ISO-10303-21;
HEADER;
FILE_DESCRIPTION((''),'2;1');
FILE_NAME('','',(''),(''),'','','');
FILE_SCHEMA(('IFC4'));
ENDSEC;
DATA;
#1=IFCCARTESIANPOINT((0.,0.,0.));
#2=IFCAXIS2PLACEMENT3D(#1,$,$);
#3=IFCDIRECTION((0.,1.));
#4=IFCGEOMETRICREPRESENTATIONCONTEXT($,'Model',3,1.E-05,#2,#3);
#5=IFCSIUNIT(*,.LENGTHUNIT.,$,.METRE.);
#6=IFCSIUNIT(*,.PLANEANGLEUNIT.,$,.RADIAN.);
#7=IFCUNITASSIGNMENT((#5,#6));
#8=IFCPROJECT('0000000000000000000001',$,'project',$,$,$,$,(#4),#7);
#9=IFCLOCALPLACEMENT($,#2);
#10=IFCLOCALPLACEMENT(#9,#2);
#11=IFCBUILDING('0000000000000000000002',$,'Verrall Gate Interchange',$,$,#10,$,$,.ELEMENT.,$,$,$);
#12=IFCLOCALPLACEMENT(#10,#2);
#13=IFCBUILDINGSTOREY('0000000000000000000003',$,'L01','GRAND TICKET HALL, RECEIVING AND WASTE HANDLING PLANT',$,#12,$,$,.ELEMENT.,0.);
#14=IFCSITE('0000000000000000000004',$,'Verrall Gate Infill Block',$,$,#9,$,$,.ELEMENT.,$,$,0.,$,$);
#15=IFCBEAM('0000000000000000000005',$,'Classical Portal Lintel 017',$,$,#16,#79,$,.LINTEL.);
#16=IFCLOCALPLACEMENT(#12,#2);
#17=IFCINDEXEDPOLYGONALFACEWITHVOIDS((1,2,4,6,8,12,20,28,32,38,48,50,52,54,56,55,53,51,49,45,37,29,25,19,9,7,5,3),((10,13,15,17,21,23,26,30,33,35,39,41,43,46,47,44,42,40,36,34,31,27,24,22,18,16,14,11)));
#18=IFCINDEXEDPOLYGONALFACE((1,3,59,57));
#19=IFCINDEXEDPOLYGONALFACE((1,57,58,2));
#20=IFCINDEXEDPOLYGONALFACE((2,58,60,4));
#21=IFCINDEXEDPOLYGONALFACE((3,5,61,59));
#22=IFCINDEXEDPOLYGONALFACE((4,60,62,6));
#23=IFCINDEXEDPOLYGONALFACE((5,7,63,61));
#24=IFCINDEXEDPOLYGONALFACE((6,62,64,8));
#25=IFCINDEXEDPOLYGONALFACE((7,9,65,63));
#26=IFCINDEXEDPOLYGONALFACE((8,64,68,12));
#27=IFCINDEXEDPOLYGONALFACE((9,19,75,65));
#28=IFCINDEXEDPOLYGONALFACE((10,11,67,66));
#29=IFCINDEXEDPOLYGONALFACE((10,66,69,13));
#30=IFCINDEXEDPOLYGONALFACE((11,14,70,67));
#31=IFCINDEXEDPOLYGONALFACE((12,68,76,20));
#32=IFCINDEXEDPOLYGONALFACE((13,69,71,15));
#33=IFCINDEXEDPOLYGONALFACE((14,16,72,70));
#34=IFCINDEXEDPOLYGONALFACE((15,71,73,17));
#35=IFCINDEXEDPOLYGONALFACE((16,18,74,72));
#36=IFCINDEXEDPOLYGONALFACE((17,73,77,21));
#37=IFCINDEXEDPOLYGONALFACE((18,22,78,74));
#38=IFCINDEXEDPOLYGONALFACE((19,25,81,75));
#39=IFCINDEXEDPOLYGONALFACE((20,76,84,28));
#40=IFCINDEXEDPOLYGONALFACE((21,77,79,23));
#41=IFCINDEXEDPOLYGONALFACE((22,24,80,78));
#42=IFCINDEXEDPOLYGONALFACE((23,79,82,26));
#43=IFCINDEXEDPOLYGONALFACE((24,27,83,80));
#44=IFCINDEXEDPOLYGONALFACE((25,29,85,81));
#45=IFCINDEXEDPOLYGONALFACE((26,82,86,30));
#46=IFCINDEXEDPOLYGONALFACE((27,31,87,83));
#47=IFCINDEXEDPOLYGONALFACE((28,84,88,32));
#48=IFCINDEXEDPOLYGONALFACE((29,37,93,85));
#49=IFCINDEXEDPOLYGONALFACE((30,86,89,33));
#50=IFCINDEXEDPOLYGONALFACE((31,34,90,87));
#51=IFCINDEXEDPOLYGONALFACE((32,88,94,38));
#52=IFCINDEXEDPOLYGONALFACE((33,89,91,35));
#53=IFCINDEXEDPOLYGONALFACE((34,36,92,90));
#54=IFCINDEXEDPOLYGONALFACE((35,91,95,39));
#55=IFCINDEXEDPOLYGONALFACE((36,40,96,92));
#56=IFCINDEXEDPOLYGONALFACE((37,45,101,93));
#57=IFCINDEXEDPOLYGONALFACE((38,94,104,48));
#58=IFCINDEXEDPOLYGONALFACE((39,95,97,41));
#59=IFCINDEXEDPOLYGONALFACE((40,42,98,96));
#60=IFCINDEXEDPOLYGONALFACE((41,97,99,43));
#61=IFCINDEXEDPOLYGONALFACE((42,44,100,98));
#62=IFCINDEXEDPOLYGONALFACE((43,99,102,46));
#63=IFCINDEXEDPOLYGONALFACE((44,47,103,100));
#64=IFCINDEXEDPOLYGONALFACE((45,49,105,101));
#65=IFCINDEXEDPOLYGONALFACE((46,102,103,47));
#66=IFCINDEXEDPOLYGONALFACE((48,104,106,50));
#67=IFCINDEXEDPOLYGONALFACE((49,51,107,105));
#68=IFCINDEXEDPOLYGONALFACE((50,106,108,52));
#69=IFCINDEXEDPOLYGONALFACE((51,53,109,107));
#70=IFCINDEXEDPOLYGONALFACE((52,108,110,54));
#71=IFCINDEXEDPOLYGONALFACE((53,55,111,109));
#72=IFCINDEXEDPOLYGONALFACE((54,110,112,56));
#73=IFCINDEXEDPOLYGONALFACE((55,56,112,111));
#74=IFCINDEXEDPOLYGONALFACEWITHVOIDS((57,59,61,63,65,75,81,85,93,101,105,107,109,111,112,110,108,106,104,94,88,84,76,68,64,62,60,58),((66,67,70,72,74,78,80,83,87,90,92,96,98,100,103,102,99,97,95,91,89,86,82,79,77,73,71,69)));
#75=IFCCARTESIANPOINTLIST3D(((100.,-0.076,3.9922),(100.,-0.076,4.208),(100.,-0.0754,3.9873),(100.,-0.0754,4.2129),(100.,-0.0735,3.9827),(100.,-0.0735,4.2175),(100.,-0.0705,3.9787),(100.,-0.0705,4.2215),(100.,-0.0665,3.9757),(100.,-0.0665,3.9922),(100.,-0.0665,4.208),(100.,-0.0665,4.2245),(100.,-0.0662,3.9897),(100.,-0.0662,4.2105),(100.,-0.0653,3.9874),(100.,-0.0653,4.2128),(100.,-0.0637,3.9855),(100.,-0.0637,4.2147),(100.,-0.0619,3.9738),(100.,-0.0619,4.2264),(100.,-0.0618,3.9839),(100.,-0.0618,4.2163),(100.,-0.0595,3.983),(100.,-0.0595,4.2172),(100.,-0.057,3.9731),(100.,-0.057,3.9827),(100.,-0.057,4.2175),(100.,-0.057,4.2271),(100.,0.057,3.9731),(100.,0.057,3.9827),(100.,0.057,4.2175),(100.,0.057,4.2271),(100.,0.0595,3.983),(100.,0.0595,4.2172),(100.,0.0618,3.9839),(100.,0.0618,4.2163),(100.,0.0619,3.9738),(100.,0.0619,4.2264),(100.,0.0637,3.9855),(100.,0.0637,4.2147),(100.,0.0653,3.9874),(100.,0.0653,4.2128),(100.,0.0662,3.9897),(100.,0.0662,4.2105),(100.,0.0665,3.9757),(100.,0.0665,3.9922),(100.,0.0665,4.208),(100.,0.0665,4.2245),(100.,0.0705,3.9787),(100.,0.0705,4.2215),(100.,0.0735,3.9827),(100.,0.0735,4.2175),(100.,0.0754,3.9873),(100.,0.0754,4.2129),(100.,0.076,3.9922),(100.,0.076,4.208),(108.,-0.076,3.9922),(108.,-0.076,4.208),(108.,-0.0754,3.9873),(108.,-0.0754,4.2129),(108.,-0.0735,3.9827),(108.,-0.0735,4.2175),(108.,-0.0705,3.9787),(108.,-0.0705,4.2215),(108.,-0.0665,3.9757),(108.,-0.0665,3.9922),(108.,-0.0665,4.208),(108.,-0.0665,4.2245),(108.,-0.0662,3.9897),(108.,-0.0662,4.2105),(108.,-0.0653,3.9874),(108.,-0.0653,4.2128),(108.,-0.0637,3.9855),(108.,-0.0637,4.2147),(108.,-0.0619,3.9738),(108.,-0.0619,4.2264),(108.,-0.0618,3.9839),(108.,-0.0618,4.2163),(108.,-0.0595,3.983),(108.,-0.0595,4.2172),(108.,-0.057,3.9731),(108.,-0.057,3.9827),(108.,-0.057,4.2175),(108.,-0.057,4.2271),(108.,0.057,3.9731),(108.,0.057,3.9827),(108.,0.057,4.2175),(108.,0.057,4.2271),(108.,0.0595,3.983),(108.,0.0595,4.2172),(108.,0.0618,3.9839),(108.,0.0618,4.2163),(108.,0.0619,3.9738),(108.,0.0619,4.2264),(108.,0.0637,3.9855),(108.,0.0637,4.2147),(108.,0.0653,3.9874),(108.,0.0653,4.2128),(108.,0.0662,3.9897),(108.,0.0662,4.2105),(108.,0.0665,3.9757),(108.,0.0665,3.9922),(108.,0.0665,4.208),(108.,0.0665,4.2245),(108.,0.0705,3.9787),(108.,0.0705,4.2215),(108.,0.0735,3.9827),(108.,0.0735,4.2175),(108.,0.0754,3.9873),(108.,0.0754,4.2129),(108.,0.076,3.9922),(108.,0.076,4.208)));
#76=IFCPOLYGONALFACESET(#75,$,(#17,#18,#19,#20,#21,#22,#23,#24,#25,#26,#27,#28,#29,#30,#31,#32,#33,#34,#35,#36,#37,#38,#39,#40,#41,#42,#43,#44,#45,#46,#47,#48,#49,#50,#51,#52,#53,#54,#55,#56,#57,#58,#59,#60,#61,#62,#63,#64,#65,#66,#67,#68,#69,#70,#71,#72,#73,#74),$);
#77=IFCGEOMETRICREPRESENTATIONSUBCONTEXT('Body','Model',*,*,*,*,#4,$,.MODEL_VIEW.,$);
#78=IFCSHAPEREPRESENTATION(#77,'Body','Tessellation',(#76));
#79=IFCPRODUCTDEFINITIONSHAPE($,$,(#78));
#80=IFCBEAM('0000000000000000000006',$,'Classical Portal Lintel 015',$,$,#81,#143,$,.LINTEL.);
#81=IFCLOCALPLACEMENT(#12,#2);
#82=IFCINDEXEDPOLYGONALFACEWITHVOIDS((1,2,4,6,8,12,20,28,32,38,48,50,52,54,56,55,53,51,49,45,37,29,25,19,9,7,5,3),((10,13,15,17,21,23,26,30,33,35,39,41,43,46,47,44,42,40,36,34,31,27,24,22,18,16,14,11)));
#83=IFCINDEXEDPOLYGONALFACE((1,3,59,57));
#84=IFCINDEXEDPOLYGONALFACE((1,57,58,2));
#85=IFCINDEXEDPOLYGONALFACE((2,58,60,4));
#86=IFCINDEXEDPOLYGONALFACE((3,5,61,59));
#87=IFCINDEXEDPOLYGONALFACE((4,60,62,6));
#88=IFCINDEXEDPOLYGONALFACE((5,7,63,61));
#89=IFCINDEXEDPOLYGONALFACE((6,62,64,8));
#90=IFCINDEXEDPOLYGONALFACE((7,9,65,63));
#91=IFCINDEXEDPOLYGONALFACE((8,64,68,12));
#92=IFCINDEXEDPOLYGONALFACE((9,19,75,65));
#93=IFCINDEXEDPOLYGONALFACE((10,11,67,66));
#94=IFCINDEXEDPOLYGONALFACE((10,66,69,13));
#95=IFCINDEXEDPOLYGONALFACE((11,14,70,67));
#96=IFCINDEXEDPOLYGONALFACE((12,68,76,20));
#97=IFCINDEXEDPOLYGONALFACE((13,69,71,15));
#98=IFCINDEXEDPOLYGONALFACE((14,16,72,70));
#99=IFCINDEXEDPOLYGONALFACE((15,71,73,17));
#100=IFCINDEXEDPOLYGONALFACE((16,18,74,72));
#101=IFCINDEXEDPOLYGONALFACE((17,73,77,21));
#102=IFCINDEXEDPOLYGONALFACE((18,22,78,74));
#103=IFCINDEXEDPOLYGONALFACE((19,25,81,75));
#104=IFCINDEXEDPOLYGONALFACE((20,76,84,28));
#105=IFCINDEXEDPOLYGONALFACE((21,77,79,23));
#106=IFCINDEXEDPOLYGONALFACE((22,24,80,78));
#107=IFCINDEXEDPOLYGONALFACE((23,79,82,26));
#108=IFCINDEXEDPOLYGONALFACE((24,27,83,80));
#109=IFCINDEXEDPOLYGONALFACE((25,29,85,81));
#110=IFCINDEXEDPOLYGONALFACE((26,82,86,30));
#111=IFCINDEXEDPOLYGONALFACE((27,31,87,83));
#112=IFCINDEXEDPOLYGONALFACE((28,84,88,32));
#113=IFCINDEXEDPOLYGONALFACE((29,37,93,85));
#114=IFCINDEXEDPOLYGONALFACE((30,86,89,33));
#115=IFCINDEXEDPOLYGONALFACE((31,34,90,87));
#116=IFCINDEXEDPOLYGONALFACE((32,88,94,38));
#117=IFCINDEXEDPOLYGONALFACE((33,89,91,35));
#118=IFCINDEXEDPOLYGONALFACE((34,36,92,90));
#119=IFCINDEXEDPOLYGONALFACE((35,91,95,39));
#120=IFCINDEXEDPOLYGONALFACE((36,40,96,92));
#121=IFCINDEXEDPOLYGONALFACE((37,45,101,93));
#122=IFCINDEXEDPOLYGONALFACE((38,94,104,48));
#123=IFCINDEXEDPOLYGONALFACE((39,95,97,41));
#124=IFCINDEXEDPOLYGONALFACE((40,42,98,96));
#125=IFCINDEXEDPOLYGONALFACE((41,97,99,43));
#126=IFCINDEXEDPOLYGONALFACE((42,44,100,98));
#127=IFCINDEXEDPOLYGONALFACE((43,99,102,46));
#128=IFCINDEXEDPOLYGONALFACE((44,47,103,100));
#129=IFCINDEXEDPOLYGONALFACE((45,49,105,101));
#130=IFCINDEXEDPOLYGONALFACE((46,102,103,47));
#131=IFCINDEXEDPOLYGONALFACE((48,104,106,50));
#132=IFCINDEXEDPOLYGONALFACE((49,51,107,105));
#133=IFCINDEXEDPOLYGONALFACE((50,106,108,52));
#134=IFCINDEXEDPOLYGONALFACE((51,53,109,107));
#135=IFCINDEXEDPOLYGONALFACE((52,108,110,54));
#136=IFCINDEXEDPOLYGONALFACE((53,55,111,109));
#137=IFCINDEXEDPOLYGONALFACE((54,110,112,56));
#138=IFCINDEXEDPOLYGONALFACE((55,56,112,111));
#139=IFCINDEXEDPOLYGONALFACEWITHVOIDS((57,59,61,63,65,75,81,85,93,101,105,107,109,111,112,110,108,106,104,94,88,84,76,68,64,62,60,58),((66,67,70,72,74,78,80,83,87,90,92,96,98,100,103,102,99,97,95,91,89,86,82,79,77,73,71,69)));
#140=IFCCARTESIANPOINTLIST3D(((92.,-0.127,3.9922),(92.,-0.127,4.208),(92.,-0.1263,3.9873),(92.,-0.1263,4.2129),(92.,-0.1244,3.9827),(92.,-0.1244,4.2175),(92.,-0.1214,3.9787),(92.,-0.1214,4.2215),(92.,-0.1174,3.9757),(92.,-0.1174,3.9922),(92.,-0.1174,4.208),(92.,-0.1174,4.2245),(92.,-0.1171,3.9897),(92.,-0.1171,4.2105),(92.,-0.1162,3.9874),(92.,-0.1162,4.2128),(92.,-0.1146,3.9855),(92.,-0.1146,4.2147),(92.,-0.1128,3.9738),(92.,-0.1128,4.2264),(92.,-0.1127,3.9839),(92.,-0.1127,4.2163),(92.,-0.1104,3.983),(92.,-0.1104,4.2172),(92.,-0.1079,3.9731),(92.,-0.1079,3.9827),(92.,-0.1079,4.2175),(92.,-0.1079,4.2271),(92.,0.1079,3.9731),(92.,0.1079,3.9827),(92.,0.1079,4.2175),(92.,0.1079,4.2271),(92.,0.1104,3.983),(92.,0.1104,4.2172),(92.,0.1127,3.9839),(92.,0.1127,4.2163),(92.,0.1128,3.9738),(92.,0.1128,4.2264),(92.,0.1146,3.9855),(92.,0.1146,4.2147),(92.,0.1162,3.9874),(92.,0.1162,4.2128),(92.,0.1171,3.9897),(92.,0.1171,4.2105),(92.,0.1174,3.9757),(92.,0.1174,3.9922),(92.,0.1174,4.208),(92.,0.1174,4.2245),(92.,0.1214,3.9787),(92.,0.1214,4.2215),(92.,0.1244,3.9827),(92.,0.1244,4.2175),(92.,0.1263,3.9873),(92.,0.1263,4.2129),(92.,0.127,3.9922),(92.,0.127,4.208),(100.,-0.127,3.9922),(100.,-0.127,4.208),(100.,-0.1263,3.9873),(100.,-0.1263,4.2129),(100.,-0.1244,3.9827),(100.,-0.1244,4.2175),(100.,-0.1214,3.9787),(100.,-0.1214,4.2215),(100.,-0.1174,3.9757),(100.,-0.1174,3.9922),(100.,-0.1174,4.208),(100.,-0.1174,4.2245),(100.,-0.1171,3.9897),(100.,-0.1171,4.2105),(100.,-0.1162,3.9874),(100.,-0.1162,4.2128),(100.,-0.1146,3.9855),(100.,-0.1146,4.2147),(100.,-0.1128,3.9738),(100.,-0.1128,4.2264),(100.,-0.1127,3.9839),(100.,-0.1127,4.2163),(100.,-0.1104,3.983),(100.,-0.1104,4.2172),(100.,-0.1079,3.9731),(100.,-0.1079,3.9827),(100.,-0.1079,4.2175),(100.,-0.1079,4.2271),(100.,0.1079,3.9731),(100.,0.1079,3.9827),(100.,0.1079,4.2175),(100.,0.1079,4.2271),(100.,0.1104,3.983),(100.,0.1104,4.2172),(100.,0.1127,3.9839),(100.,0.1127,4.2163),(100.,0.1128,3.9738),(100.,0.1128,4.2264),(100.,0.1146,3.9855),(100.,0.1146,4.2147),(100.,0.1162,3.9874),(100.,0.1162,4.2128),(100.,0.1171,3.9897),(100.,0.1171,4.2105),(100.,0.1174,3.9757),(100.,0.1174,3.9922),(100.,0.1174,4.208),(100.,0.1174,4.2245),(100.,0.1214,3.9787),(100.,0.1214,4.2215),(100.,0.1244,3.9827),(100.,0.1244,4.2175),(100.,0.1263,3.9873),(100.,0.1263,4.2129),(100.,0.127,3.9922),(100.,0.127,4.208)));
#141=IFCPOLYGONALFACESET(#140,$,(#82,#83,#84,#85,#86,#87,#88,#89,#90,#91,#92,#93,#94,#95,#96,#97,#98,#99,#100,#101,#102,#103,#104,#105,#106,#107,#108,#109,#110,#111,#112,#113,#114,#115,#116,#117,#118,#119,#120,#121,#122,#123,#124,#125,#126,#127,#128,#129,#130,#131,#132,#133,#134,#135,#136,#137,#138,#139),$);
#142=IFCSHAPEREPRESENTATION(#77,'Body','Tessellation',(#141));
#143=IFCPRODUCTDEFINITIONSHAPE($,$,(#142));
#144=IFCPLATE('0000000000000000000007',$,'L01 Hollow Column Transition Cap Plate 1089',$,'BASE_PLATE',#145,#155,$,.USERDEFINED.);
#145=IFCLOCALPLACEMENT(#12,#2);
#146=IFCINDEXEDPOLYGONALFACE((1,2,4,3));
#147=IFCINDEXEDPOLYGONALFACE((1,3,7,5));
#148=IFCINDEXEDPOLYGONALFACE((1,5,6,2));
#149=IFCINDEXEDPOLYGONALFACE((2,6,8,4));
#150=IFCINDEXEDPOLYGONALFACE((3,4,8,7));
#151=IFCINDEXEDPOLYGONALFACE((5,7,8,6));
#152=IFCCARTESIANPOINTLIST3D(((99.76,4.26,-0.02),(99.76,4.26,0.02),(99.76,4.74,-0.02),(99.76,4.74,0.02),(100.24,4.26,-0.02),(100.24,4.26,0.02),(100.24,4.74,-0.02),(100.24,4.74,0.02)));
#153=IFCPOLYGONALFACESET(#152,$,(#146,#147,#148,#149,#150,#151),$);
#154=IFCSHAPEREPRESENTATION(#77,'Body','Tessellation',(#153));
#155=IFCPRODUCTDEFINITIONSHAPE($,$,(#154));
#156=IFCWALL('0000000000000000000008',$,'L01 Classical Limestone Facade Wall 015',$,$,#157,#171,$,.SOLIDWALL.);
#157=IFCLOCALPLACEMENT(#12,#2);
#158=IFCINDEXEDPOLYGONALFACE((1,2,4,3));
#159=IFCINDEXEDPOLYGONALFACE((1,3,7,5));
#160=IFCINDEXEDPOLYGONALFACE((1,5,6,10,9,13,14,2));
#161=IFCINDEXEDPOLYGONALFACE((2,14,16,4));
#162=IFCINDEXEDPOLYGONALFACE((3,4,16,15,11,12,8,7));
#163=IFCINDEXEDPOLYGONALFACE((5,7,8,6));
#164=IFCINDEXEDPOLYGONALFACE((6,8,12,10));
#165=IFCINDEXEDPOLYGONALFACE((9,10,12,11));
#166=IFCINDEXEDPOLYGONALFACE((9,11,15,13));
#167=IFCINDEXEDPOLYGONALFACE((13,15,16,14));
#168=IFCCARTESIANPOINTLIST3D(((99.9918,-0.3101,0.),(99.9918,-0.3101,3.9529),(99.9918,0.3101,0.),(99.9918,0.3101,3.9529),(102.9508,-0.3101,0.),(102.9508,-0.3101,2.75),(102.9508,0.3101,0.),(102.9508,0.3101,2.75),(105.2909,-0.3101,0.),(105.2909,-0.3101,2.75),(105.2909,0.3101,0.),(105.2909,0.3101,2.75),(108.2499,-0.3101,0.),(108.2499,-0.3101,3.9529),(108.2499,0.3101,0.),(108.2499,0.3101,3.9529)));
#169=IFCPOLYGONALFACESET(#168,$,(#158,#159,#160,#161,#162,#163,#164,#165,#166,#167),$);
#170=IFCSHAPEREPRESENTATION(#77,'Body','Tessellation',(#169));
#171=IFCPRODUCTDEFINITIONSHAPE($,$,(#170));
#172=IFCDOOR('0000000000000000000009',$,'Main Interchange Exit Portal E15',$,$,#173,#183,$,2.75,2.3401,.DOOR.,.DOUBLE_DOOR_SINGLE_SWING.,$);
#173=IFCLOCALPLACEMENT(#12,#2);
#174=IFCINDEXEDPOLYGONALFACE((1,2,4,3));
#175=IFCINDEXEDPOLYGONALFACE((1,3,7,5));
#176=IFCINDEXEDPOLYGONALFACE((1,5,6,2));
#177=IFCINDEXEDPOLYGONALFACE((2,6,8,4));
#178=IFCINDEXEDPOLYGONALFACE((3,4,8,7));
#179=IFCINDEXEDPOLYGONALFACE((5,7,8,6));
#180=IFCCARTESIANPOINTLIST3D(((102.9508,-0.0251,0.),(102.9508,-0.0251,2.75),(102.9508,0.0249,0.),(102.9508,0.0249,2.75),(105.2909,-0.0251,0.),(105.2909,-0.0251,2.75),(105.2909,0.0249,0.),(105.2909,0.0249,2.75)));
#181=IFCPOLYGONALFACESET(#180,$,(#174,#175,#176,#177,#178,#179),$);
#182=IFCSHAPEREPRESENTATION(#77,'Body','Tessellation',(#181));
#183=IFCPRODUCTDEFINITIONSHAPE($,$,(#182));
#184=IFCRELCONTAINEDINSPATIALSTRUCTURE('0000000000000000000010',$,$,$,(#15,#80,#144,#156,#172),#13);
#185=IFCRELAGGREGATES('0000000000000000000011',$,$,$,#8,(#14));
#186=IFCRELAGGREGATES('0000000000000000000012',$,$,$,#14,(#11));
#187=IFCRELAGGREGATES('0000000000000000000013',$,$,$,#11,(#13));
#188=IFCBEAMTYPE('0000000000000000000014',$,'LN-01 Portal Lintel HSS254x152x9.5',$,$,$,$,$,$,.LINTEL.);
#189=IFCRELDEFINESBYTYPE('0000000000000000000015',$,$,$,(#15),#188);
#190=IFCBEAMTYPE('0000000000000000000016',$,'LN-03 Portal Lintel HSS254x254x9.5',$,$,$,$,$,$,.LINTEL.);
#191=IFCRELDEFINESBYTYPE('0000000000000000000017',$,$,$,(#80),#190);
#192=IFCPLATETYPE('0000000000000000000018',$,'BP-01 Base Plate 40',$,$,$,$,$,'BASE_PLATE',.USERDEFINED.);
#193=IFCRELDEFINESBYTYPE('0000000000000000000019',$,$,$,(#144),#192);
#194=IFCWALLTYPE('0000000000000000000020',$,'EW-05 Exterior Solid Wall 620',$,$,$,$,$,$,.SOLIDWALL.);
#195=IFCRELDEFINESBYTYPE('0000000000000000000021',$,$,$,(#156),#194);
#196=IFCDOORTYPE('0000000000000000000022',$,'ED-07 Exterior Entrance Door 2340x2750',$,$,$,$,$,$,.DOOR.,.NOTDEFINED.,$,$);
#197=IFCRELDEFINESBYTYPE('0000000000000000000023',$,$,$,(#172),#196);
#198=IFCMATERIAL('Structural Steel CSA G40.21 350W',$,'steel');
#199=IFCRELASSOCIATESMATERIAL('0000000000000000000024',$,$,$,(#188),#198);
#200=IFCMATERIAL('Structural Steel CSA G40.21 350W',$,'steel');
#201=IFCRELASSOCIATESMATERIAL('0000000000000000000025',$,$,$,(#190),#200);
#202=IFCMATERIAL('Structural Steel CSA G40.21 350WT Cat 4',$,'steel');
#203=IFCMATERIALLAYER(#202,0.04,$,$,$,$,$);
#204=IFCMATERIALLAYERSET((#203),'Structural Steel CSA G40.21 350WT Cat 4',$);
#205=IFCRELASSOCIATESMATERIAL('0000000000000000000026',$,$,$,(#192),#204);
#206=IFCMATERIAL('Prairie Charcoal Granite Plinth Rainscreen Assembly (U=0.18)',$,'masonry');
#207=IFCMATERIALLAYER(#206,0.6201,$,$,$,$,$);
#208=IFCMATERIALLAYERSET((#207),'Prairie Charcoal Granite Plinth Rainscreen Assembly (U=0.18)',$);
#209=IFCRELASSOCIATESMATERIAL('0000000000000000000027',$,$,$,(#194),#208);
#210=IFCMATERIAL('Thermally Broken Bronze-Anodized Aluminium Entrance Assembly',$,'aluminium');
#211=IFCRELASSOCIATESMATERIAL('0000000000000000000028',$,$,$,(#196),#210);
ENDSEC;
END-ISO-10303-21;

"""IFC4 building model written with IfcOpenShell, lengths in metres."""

from ifc_helpers import new_model, si_unit, direction, frame, frame_2d, origin, origin_2d, place, context, subcontext, project, spatial, rectangle, hollow_rectangle, extrude, material, layer, layer_set, material_profile, profile_set, type_object, element, fill, save


model = new_model("IFC4")

# Units and contexts
model_context = context("Model", 3, precision=1e-05, world=origin(), true_north=direction((0.0, 1.0)))
body_context = subcontext(model_context, "Body", "Model", "MODEL_VIEW")
ifc_project = project(units=[si_unit("LENGTHUNIT", "METRE"), si_unit("PLANEANGLEUNIT", "RADIAN")], contexts=[model_context])

# Site, building, storey
site_placement = place(None, origin())
site = spatial("IfcSite", under=ifc_project, at=site_placement, Name="Verrall Gate Infill Block", CompositionType="ELEMENT", RefElevation=0.0)
building_placement = place(site_placement, origin())
building = spatial("IfcBuilding", under=site, at=building_placement, Name="Verrall Gate Interchange", CompositionType="ELEMENT")
storey_placement = place(building_placement, origin())
storey = spatial("IfcBuildingStorey", under=building, at=storey_placement, Name="L01", Description="GRAND TICKET HALL, RECEIVING AND WASTE HANDLING PLANT", CompositionType="ELEMENT", Elevation=0.0)

# Beams
ifc_material_1 = material(Name="Structural Steel CSA G40.21 350W", Category="steel")
ifc_material_profile_1 = material_profile(ifc_material_1, hollow_rectangle(XDim=0.1521, YDim=0.2539, WallThickness=0.0095, InnerFilletRadius=0.0095, OuterFilletRadius=0.019, at=origin_2d()), Name="HSS254x152x9.5")
ifc_profile_set_1 = profile_set([ifc_material_profile_1], Name="Structural Steel CSA G40.21 350W")
beam_type_1 = type_object("IfcBeamType", Name="LN-01 Portal Lintel HSS254x152x9.5", PredefinedType="LINTEL", material=ifc_profile_set_1)
beam_1_placement = place(storey_placement, frame((100.0, 0.0, 4.1001), z_axis=(1.0, 0.0, 0.0), x_axis=(0.0, 1.0, 0.0)))
element("IfcBeam", 1, at=beam_1_placement, inside=storey, type_object=beam_type_1, Name="Classical Portal Lintel 017", PredefinedType="LINTEL", context=body_context, shape_type="SweptSolid", body=[
    extrude(hollow_rectangle(XDim=0.1521, YDim=0.2539, WallThickness=0.0095, InnerFilletRadius=0.0095, OuterFilletRadius=0.019, at=origin_2d()), origin(), (0.0, 0.0, 1.0), 8.0),
])
ifc_material_2 = material(Name="Structural Steel CSA G40.21 350W", Category="steel")
ifc_material_profile_2 = material_profile(ifc_material_2, hollow_rectangle(XDim=0.2539, YDim=0.2539, WallThickness=0.0095, InnerFilletRadius=0.0095, OuterFilletRadius=0.019, at=origin_2d()), Name="HSS254x254x9.5")
ifc_profile_set_2 = profile_set([ifc_material_profile_2], Name="Structural Steel CSA G40.21 350W")
beam_type_2 = type_object("IfcBeamType", Name="LN-03 Portal Lintel HSS254x254x9.5", PredefinedType="LINTEL", material=ifc_profile_set_2)
beam_2_placement = place(storey_placement, frame((92.0, 0.0, 4.1001), z_axis=(1.0, 0.0, 0.0), x_axis=(0.0, 1.0, 0.0)))
element("IfcBeam", 2, at=beam_2_placement, inside=storey, type_object=beam_type_2, Name="Classical Portal Lintel 015", PredefinedType="LINTEL", context=body_context, shape_type="SweptSolid", body=[
    extrude(hollow_rectangle(XDim=0.2539, YDim=0.2539, WallThickness=0.0095, InnerFilletRadius=0.0095, OuterFilletRadius=0.019, at=origin_2d()), origin(), (0.0, 0.0, 1.0), 8.0),
])

# Plate
ifc_material_3 = material(Name="Structural Steel CSA G40.21 350WT Cat 4", Category="steel")
ifc_layer_1 = layer(ifc_material_3, 0.04)
ifc_layer_set_1 = layer_set([ifc_layer_1], Name="Structural Steel CSA G40.21 350WT Cat 4")
plate_type = type_object("IfcPlateType", Name="BP-01 Base Plate 40", ElementType="BASE_PLATE", PredefinedType="USERDEFINED", material=ifc_layer_set_1)
plate_placement = place(storey_placement, frame((100.0, 4.5, -0.02), z_axis=(0.0, 0.0, 1.0), x_axis=(1.0, 0.0, 0.0)))
element("IfcPlate", 3, at=plate_placement, inside=storey, type_object=plate_type, Name="L01 Hollow Column Transition Cap Plate 1089", ObjectType="BASE_PLATE", PredefinedType="USERDEFINED", context=body_context, shape_type="SweptSolid", body=[
    extrude(rectangle(XDim=0.48, YDim=0.48, at=origin_2d()), origin(), (0.0, 0.0, 1.0), 0.04),
])

# Wall, opening, door
ifc_material_4 = material(Name="Prairie Charcoal Granite Plinth Rainscreen Assembly (U=0.18)", Category="masonry")
ifc_layer_2 = layer(ifc_material_4, 0.6201)
ifc_layer_set_2 = layer_set([ifc_layer_2], Name="Prairie Charcoal Granite Plinth Rainscreen Assembly (U=0.18)")
wall_type = type_object("IfcWallType", Name="EW-05 Exterior Solid Wall 620", PredefinedType="SOLIDWALL", material=ifc_layer_set_2)
wall_placement = place(storey_placement, frame((99.9919, 0.0, 0.0), z_axis=(0.0, 0.0, 1.0), x_axis=(1.0, 0.0, 0.0)))
wall = element("IfcWall", 4, at=wall_placement, inside=storey, type_object=wall_type, Name="L01 Classical Limestone Facade Wall 015", PredefinedType="SOLIDWALL", context=body_context, shape_type="SweptSolid", body=[
    extrude(rectangle(XDim=8.2581, YDim=0.6201, at=frame_2d((4.1289, 0.0))), origin(), (0.0, 0.0, 1.0), 3.9529),
])
opening_placement = place(wall_placement, frame((2.959, 0.0, 0.0)))
opening = element("IfcOpeningElement", 5, at=opening_placement, cuts=wall, PredefinedType="OPENING", context=body_context, shape_type="SweptSolid", body=[
    extrude(rectangle(XDim=2.3401, YDim=2.75, at=frame_2d((1.1699, 1.375))), frame((0.0, 0.325, 0.0), z_axis=(0.0, -1.0, 0.0), x_axis=(1.0, 0.0, 0.0)), (0.0, 0.0, 1.0), 0.6499),
])
ifc_material_5 = material(Name="Thermally Broken Bronze-Anodized Aluminium Entrance Assembly", Category="aluminium")
door_type = type_object("IfcDoorType", Name="ED-07 Exterior Entrance Door 2340x2750", OperationType="NOTDEFINED", PredefinedType="DOOR", material=ifc_material_5)
door_placement = place(opening_placement, origin())
door = element("IfcDoor", 6, at=door_placement, inside=storey, type_object=door_type, Name="Main Interchange Exit Portal E15", OperationType="DOUBLE_DOOR_SINGLE_SWING", OverallHeight=2.75, OverallWidth=2.3401, PredefinedType="DOOR", context=body_context, shape_type="SweptSolid", body=[
    extrude(rectangle(XDim=2.3401, YDim=2.75, at=frame_2d((1.1699, 1.375))), frame((0.0, 0.0249, 0.0), z_axis=(0.0, -1.0, 0.0), x_axis=(1.0, 0.0, 0.0)), (0.0, 0.0, 1.0), 0.05),
])
fill(opening, door)

save(model, "model.ifc")
